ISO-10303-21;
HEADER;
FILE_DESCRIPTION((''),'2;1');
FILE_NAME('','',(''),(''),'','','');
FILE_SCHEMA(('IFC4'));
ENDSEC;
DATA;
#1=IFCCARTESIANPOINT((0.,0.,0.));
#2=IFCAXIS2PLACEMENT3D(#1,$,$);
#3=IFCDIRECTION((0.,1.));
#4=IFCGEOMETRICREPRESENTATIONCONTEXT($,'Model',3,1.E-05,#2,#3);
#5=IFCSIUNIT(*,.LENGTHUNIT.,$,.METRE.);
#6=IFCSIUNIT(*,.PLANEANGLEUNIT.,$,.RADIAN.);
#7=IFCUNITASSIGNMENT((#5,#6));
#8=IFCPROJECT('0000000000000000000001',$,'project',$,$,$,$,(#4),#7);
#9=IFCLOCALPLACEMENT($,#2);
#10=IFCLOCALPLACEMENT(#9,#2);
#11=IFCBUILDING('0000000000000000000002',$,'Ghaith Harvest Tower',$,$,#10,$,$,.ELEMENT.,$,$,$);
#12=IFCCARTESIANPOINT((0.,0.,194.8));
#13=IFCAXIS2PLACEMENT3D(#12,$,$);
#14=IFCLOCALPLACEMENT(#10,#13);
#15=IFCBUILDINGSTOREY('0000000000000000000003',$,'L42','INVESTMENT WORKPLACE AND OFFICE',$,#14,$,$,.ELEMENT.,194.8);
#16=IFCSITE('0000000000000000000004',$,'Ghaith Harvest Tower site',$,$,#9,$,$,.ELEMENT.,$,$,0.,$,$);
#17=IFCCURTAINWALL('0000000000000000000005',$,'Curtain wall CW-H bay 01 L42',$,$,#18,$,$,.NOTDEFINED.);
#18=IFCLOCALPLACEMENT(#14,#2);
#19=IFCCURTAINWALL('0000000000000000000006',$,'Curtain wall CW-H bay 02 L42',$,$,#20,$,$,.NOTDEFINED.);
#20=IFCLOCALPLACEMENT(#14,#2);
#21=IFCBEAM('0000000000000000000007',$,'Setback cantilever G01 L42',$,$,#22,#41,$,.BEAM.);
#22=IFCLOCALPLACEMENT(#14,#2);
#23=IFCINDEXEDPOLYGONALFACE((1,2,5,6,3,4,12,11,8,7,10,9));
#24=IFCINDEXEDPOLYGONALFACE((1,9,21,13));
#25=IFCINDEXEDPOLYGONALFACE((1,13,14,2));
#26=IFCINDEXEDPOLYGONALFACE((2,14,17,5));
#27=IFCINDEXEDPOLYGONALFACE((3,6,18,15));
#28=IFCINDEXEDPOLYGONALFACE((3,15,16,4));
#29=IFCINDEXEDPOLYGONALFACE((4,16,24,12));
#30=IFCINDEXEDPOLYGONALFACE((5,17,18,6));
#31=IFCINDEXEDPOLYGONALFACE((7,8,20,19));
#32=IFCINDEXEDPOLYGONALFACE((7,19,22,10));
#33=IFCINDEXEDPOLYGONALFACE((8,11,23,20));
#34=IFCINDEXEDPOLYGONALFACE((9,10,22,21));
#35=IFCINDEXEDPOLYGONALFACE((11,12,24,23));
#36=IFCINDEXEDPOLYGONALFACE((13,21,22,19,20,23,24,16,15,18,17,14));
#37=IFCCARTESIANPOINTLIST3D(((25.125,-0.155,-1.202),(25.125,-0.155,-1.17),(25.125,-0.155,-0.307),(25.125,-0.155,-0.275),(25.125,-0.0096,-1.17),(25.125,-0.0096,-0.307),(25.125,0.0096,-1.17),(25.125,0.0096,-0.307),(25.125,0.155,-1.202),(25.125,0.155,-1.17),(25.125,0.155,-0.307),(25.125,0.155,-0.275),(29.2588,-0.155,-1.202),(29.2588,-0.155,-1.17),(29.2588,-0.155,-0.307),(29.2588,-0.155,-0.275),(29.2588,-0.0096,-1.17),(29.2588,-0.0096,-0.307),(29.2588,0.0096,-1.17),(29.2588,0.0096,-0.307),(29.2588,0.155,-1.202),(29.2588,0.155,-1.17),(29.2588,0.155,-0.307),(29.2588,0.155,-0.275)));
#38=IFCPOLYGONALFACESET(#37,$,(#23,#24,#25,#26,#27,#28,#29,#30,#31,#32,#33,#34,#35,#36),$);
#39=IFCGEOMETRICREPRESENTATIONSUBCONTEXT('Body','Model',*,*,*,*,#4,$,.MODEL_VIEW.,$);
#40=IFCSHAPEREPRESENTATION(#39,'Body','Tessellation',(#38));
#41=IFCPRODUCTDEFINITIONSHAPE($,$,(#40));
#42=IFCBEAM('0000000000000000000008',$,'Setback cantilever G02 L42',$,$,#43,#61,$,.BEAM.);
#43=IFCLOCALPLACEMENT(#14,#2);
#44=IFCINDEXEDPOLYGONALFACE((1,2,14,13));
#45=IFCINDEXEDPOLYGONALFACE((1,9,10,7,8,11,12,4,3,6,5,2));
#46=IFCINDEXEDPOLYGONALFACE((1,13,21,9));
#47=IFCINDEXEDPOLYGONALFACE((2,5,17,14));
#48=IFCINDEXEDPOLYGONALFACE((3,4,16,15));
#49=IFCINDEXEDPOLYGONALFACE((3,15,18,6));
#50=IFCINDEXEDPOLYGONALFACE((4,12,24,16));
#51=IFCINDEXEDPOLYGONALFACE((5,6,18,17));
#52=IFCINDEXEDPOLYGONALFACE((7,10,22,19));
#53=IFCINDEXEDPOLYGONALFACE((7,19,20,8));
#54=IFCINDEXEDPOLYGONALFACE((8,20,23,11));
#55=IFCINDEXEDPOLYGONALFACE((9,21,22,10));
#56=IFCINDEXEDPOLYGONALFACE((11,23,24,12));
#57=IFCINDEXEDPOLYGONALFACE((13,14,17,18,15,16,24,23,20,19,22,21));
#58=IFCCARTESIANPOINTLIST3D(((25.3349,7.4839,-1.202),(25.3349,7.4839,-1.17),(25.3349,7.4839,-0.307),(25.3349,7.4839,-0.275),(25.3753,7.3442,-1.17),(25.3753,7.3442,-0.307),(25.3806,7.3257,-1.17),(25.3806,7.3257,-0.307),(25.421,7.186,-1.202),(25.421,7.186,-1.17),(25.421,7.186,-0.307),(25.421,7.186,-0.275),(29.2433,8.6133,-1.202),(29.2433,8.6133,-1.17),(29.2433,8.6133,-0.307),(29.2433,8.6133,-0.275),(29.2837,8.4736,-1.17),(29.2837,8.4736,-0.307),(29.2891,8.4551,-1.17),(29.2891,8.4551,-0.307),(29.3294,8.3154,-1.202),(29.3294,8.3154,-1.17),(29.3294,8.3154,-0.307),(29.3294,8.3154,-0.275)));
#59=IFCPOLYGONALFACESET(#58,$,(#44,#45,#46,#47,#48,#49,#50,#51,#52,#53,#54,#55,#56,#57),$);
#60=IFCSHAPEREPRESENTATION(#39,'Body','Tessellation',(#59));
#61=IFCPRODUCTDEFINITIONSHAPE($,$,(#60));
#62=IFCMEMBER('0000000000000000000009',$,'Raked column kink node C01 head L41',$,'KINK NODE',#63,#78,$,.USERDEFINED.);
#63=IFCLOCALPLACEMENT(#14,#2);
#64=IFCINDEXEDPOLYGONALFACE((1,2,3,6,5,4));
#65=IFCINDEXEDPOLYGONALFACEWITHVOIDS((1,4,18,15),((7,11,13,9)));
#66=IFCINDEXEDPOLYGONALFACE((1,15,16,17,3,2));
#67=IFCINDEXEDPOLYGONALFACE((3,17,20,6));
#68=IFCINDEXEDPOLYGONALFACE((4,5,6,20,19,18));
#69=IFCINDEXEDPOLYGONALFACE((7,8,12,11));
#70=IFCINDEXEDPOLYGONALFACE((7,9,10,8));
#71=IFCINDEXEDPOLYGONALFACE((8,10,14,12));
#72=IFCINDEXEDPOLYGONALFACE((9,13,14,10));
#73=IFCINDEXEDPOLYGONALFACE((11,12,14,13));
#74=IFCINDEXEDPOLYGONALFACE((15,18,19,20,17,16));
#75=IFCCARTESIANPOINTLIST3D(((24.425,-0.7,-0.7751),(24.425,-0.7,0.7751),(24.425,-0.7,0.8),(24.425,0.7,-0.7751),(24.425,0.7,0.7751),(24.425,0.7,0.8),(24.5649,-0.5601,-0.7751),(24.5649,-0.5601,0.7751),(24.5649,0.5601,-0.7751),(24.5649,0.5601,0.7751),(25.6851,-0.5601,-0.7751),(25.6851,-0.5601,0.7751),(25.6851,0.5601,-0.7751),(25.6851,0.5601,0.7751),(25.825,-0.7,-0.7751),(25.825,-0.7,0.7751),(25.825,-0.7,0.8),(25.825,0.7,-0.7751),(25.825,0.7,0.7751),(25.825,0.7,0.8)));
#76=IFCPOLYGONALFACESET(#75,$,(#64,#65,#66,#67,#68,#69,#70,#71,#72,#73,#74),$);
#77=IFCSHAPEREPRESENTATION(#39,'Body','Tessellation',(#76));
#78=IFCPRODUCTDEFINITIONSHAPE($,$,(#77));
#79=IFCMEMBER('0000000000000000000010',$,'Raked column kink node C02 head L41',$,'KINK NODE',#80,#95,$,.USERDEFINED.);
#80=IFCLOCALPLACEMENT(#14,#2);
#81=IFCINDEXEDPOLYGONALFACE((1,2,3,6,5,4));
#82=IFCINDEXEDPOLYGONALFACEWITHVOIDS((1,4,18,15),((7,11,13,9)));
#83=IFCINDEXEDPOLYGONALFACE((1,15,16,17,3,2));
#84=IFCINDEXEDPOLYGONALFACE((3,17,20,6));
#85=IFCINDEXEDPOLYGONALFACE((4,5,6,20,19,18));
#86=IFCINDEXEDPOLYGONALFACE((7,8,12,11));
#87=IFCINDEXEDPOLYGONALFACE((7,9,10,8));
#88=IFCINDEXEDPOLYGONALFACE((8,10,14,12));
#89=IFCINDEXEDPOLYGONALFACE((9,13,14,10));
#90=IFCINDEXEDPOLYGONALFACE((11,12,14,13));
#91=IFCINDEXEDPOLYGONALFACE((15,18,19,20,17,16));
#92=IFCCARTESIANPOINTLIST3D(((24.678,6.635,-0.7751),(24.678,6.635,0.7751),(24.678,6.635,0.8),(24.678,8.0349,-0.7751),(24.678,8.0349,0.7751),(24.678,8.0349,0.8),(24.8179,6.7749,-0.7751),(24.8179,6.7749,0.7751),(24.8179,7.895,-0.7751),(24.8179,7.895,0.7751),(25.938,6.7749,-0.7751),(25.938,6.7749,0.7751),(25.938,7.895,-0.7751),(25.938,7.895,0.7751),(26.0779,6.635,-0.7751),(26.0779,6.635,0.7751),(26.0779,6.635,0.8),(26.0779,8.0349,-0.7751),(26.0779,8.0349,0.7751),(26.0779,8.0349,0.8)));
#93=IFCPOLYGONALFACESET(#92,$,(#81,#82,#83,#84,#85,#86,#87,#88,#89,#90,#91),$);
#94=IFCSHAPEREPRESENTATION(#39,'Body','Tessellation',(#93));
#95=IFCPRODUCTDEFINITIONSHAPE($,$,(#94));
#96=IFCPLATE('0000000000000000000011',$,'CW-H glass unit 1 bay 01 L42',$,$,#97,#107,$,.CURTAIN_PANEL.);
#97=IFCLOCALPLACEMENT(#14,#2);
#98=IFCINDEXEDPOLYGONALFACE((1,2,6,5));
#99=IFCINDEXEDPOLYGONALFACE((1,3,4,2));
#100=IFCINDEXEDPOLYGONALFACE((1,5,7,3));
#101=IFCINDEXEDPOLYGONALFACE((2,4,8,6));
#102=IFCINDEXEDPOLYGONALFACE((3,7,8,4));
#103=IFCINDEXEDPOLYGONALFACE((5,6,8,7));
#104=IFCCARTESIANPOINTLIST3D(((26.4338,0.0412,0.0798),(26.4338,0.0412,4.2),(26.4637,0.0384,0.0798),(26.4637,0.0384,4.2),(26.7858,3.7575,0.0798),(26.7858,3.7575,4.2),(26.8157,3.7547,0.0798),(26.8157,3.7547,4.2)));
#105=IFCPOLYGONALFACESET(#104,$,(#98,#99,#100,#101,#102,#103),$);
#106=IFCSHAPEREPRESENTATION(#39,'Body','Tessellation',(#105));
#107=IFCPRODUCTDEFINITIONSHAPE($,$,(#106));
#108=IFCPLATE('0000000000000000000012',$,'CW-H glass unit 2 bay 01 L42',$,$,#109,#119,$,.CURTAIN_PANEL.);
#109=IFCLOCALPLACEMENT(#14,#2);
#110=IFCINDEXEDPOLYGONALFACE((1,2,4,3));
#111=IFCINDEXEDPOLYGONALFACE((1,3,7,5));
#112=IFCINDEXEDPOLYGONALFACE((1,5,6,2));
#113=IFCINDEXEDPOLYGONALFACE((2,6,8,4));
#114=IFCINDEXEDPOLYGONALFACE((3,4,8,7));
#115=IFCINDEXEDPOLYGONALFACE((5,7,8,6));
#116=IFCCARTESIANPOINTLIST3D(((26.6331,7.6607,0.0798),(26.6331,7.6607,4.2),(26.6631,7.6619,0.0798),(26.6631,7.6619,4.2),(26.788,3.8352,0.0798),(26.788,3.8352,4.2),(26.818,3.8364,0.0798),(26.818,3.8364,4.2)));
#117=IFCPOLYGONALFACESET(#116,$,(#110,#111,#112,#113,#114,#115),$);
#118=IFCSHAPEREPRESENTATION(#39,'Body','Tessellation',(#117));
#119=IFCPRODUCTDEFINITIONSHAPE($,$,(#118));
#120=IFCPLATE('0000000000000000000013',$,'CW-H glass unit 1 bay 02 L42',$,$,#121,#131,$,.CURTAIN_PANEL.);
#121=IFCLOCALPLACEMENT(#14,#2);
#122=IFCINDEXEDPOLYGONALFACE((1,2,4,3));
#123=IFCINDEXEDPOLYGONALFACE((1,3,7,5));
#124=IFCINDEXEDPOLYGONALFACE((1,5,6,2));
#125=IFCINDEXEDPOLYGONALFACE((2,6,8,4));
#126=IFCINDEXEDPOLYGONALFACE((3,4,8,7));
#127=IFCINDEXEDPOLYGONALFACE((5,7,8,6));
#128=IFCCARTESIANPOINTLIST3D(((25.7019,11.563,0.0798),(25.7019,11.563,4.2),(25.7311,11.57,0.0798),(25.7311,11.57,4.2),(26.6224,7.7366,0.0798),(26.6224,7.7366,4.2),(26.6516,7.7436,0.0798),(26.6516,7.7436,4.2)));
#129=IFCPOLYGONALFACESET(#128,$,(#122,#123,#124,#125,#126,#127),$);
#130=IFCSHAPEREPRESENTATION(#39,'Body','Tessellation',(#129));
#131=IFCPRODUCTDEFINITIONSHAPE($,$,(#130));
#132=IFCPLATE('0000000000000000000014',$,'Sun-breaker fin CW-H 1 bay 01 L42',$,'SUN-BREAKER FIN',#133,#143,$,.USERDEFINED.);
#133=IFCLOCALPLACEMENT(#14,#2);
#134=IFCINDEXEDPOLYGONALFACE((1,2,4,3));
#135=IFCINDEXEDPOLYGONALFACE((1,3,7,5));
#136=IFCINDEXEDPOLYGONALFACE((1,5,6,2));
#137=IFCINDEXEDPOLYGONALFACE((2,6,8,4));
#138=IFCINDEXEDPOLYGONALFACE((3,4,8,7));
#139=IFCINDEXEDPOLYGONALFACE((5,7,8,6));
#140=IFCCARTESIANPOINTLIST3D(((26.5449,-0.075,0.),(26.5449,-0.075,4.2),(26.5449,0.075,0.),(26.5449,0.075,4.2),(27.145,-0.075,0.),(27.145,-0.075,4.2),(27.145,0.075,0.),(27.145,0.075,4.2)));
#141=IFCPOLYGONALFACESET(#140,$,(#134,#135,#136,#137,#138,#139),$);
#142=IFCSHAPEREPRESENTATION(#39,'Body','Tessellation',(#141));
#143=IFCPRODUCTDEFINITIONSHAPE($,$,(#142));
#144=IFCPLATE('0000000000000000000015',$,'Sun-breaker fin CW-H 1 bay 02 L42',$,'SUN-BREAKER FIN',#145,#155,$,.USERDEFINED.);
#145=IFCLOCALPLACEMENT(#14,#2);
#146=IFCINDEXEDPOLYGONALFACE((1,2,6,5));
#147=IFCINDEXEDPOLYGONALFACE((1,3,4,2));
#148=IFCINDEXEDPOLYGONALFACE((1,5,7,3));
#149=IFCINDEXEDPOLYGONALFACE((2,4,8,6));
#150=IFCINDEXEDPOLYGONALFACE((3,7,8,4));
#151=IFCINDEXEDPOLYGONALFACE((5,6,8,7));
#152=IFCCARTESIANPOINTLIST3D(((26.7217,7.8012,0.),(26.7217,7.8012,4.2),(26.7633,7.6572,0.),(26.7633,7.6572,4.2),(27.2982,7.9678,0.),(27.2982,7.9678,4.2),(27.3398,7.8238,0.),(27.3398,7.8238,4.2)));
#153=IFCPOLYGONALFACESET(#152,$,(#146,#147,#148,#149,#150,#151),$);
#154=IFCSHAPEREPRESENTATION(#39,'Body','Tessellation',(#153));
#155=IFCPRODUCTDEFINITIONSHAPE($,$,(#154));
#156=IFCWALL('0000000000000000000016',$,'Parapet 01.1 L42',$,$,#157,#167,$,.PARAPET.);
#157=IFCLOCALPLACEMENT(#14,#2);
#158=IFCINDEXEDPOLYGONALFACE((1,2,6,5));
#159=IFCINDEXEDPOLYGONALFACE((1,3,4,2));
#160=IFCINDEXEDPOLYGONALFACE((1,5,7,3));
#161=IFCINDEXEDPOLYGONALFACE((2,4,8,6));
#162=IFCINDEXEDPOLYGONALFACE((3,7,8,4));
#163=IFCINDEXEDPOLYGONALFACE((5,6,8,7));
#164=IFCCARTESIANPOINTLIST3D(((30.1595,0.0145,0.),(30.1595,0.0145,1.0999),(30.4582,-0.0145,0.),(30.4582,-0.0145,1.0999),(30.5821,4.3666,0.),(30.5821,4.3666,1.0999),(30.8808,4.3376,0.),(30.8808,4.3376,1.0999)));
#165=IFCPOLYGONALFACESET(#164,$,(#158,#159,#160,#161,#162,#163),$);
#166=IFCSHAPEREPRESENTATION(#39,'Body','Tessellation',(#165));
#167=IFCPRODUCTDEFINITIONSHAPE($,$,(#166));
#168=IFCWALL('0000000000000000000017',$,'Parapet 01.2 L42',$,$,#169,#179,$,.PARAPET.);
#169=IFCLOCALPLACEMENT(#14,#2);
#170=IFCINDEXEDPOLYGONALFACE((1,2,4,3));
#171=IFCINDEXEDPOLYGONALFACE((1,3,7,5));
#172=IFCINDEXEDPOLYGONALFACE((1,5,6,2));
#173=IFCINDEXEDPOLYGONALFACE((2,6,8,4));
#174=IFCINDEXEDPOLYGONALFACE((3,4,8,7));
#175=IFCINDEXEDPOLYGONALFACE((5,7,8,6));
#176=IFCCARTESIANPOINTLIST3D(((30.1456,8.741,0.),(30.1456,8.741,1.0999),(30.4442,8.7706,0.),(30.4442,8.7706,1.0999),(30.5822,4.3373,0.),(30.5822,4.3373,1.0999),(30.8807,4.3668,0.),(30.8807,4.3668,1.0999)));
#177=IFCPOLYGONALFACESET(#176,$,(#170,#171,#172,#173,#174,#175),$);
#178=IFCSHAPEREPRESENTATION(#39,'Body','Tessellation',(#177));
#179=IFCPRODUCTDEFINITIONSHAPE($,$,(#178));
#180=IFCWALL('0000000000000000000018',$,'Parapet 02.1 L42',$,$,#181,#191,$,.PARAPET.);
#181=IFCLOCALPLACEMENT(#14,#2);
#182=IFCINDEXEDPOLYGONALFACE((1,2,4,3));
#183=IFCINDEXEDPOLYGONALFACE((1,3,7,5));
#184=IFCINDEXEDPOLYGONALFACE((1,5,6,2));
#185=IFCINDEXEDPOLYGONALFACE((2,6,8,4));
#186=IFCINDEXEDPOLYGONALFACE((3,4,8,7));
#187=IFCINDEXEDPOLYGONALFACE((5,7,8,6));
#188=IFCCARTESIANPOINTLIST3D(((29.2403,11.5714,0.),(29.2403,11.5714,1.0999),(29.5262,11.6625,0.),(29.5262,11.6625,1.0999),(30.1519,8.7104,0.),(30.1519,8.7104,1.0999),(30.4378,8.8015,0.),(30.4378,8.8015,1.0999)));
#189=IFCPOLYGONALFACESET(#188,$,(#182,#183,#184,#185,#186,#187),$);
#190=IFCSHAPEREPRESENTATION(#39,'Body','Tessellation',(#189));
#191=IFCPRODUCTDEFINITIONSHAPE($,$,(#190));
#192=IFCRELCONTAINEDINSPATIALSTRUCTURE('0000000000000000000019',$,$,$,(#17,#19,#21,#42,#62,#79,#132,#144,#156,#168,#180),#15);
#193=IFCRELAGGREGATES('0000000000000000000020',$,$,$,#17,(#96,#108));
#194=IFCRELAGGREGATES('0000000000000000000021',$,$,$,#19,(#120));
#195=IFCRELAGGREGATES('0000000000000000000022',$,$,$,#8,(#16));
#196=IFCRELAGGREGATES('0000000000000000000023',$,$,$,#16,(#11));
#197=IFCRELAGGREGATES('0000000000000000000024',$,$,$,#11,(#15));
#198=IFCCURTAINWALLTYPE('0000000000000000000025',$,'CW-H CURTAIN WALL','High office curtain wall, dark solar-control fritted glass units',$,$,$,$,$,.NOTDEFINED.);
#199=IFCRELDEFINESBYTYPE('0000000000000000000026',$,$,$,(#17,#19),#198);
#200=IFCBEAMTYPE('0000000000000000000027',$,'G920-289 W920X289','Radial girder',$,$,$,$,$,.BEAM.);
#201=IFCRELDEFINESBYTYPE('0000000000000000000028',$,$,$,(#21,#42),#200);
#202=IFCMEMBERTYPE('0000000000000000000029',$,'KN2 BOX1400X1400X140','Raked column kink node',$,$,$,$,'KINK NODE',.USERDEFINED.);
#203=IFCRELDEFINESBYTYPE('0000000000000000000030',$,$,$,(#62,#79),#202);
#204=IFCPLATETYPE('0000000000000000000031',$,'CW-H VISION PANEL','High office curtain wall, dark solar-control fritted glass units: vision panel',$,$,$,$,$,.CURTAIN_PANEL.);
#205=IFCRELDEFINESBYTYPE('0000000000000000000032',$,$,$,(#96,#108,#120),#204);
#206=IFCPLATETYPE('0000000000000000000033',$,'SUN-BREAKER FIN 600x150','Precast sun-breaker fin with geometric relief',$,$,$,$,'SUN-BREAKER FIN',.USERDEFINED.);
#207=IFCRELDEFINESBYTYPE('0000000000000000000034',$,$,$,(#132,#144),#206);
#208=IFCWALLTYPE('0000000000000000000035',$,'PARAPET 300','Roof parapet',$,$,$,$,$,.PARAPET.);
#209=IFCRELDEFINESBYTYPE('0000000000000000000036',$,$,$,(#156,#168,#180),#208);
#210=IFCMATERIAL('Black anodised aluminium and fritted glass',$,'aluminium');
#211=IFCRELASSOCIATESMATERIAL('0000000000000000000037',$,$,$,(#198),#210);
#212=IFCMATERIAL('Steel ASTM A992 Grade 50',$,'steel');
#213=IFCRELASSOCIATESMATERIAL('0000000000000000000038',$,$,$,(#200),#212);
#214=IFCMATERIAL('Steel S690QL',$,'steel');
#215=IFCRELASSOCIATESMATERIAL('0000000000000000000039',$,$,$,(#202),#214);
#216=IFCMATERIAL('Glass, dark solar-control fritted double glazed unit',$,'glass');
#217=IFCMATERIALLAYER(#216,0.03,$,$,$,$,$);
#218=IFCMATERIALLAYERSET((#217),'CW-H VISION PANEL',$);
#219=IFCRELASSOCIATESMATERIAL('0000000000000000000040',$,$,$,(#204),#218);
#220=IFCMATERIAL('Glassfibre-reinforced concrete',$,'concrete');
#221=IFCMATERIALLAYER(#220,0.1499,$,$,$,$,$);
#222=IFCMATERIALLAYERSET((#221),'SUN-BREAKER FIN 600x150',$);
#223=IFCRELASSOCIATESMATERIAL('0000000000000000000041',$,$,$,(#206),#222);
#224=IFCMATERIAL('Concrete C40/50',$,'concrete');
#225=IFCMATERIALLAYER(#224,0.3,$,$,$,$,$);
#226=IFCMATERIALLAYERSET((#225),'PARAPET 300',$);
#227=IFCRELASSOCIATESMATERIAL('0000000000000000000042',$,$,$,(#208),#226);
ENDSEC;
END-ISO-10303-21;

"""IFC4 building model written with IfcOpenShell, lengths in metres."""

from ifc_helpers import new_model, si_unit, direction, frame, frame_2d, origin, origin_2d, place, context, subcontext, project, spatial, rectangle, hollow_rectangle, i_section, extrude, boolean, material, layer, layer_set, material_profile, profile_set, type_object, element, aggregate, save


model = new_model("IFC4")

# Units and contexts
model_context = context("Model", 3, precision=1e-05, world=origin(), true_north=direction((0.0, 1.0)))
body_context = subcontext(model_context, "Body", "Model", "MODEL_VIEW")
ifc_project = project(units=[si_unit("LENGTHUNIT", "METRE"), si_unit("PLANEANGLEUNIT", "RADIAN")], contexts=[model_context])

# Site, building, storey
site_placement = place(None, origin())
site = spatial("IfcSite", under=ifc_project, at=site_placement, Name="Ghaith Harvest Tower site", CompositionType="ELEMENT", RefElevation=0.0)
building_placement = place(site_placement, origin())
building = spatial("IfcBuilding", under=site, at=building_placement, Name="Ghaith Harvest Tower", CompositionType="ELEMENT")
storey_placement = place(building_placement, frame((0.0, 0.0, 194.8)))
storey = spatial("IfcBuildingStorey", under=building, at=storey_placement, Name="L42", Description="INVESTMENT WORKPLACE AND OFFICE", CompositionType="ELEMENT", Elevation=194.8)

# Curtain walls
ifc_material_1 = material(Name="Black anodised aluminium and fritted glass", Category="aluminium")
curtain_wall_type = type_object("IfcCurtainWallType", Name="CW-H CURTAIN WALL", Description="High office curtain wall, dark solar-control fritted glass units", PredefinedType="NOTDEFINED", material=ifc_material_1)
curtain_wall_1_placement = place(storey_placement, origin())
curtain_wall_1 = element("IfcCurtainWall", 1, at=curtain_wall_1_placement, inside=storey, type_object=curtain_wall_type, Name="Curtain wall CW-H bay 01 L42", PredefinedType="NOTDEFINED")
curtain_wall_2_placement = place(storey_placement, origin())
curtain_wall_2 = element("IfcCurtainWall", 2, at=curtain_wall_2_placement, inside=storey, type_object=curtain_wall_type, Name="Curtain wall CW-H bay 02 L42", PredefinedType="NOTDEFINED")

# Beams
ifc_material_2 = material(Name="Steel ASTM A992 Grade 50", Category="steel")
ifc_material_profile_1 = material_profile(ifc_material_2, i_section(OverallWidth=0.3101, OverallDepth=0.927, WebThickness=0.0193, FlangeThickness=0.032, at=origin_2d()), Name="W920X289")
ifc_profile_set_1 = profile_set([ifc_material_profile_1], Name="Steel ASTM A992 Grade 50")
beam_type_1 = type_object("IfcBeamType", Name="G920-289 W920X289", Description="Radial girder", PredefinedType="BEAM", material=ifc_profile_set_1)
beam_1_placement = place(storey_placement, frame((25.125, 0.0, -0.7385), z_axis=(1.0, 0.0, 0.0), x_axis=(0.0, 1.0, 0.0)))
element("IfcBeam", 3, at=beam_1_placement, inside=storey, type_object=beam_type_1, Name="Setback cantilever G01 L42", PredefinedType="BEAM", context=body_context, shape_type="SweptSolid", body=[
    extrude(i_section(OverallWidth=0.3101, OverallDepth=0.927, WebThickness=0.0193, FlangeThickness=0.032, at=origin_2d()), origin(), (0.0, 0.0, 1.0), 4.1338),
])
beam_2_placement = place(storey_placement, frame((25.3779, 7.335, -0.7385), z_axis=(0.960695, 0.277605, 0.0), x_axis=(-0.277605, 0.960695, 0.0)))
element("IfcBeam", 4, at=beam_2_placement, inside=storey, type_object=beam_type_1, Name="Setback cantilever G02 L42", PredefinedType="BEAM", context=body_context, shape_type="SweptSolid", body=[
    extrude(i_section(OverallWidth=0.3101, OverallDepth=0.927, WebThickness=0.0193, FlangeThickness=0.032, at=origin_2d()), origin(), (0.0, 0.0, 1.0), 4.0684),
])

# Members
ifc_material_3 = material(Name="Steel S690QL", Category="steel")
ifc_material_profile_2 = material_profile(ifc_material_3, hollow_rectangle(XDim=1.3999, YDim=1.3999, WallThickness=0.1399, at=origin_2d()), Name="BOX1400X1400X140")
ifc_profile_set_2 = profile_set([ifc_material_profile_2], Name="Steel S690QL")
member_type_1 = type_object("IfcMemberType", Name="KN2 BOX1400X1400X140", Description="Raked column kink node", ElementType="KINK NODE", PredefinedType="USERDEFINED", material=ifc_profile_set_2)
for number, where, z_axis, x_axis, name in (
    (5, (25.125, 0.0, -0.7751), (0.0, 0.0, 1.0), (1.0, 0.0, 0.0), "Raked column kink node C01 head L41"),
    (6, (25.3779, 7.335, -0.7751), (0.0, 0.0, 1.0), (1.0, 0.0, 0.0), "Raked column kink node C02 head L41"),
):
    element("IfcMember", number, at=place(storey_placement, frame(where, z_axis=z_axis, x_axis=x_axis)), inside=storey, type_object=member_type_1, Name=name, ObjectType="KINK NODE", PredefinedType="USERDEFINED", context=body_context, shape_type="CSG", body=[
        boolean("UNION", extrude(hollow_rectangle(XDim=1.3999, YDim=1.3999, WallThickness=0.1399, at=origin_2d()), origin(), (0.0, 0.0, 1.0), 1.5503), extrude(rectangle(XDim=1.3999, YDim=1.3999, at=origin_2d()), frame((0.0, 0.0, 1.5503)), (0.0, 0.0, 1.0), 0.0249)),
    ])

# Plates
ifc_material_4 = material(Name="Glass, dark solar-control fritted double glazed unit", Category="glass")
ifc_layer_1 = layer(ifc_material_4, 0.03)
ifc_layer_set_1 = layer_set([ifc_layer_1], Name="CW-H VISION PANEL")
plate_type_1 = type_object("IfcPlateType", Name="CW-H VISION PANEL", Description="High office curtain wall, dark solar-control fritted glass units: vision panel", PredefinedType="CURTAIN_PANEL", material=ifc_layer_set_1)
plate_1_placement = place(storey_placement, frame((26.6248, 1.8979, 0.0798), z_axis=(0.0, 0.0, 1.0), x_axis=(0.094302, 0.995544, 0.0)))
plate_1 = element("IfcPlate", 7, at=plate_1_placement, type_object=plate_type_1, Name="CW-H glass unit 1 bay 01 L42", PredefinedType="CURTAIN_PANEL", context=body_context, shape_type="SweptSolid", body=[
    extrude(rectangle(XDim=3.7329, YDim=0.03, at=origin_2d()), origin(), (0.0, 0.0, 1.0), 4.1201),
])
plate_2_placement = place(storey_placement, frame((26.7256, 5.7485, 0.0798), z_axis=(0.0, 0.0, 1.0), x_axis=(-0.040462, 0.999181, 0.0)))
plate_2 = element("IfcPlate", 8, at=plate_2_placement, type_object=plate_type_1, Name="CW-H glass unit 2 bay 01 L42", PredefinedType="CURTAIN_PANEL", context=body_context, shape_type="SweptSolid", body=[
    extrude(rectangle(XDim=3.8286, YDim=0.03, at=origin_2d()), origin(), (0.0, 0.0, 1.0), 4.1201),
])
aggregate(curtain_wall_1, [plate_1, plate_2])
plate_3_placement = place(storey_placement, frame((26.1768, 9.6533, 0.0798), z_axis=(0.0, 0.0, 1.0), x_axis=(-0.233894, 0.972262, 0.0)))
plate_3 = element("IfcPlate", 9, at=plate_3_placement, type_object=plate_type_1, Name="CW-H glass unit 1 bay 02 L42", PredefinedType="CURTAIN_PANEL", context=body_context, shape_type="SweptSolid", body=[
    extrude(rectangle(XDim=3.9355, YDim=0.03, at=origin_2d()), origin(), (0.0, 0.0, 1.0), 4.1201),
])
aggregate(curtain_wall_2, [plate_3])

# Plates
ifc_material_5 = material(Name="Glassfibre-reinforced concrete", Category="concrete")
ifc_layer_2 = layer(ifc_material_5, 0.1499)
ifc_layer_set_2 = layer_set([ifc_layer_2], Name="SUN-BREAKER FIN 600x150")
plate_type_2 = type_object("IfcPlateType", Name="SUN-BREAKER FIN 600x150", Description="Precast sun-breaker fin with geometric relief", ElementType="SUN-BREAKER FIN", PredefinedType="USERDEFINED", material=ifc_layer_set_2)
for number, where, z_axis, x_axis, name in (
    (10, (26.845, 0.0, 0.0), (0.0, 0.0, 1.0), (1.0, 0.0, 0.0), "Sun-breaker fin CW-H 1 bay 01 L42"),
    (11, (27.0308, 7.8125, 0.0), (0.0, 0.0, 1.0), (0.96068, 0.277657, 0.0), "Sun-breaker fin CW-H 1 bay 02 L42"),
):
    element("IfcPlate", number, at=place(storey_placement, frame(where, z_axis=z_axis, x_axis=x_axis)), inside=storey, type_object=plate_type_2, Name=name, ObjectType="SUN-BREAKER FIN", PredefinedType="USERDEFINED", context=body_context, shape_type="SweptSolid", body=[
        extrude(rectangle(XDim=0.6001, YDim=0.1499, at=origin_2d()), origin(), (0.0, 0.0, 1.0), 4.2),
    ])

# Walls
ifc_material_6 = material(Name="Concrete C40/50", Category="concrete")
ifc_layer_3 = layer(ifc_material_6, 0.3)
ifc_layer_set_3 = layer_set([ifc_layer_3], Name="PARAPET 300")
wall_type_1 = type_object("IfcWallType", Name="PARAPET 300", Description="Roof parapet", PredefinedType="PARAPET", material=ifc_layer_set_3)
wall_1_placement = place(storey_placement, frame((30.3088, 0.0, 0.0), z_axis=(0.0, 0.0, 1.0), x_axis=(0.096651, 0.995318, 0.0)))
element("IfcWall", 12, at=wall_1_placement, inside=storey, type_object=wall_type_1, Name="Parapet 01.1 L42", PredefinedType="PARAPET", context=body_context, shape_type="SweptSolid", body=[
    extrude(rectangle(XDim=4.3726, YDim=0.3, at=frame_2d((2.1863, 0.0))), origin(), (0.0, 0.0, 1.0), 1.0999),
])
wall_2_placement = place(storey_placement, frame((30.7314, 4.3521, 0.0), z_axis=(0.0, 0.0, 1.0), x_axis=(-0.098641, 0.995123, 0.0)))
element("IfcWall", 13, at=wall_2_placement, inside=storey, type_object=wall_type_1, Name="Parapet 01.2 L42", PredefinedType="PARAPET", context=body_context, shape_type="SweptSolid", body=[
    extrude(rectangle(XDim=4.4253, YDim=0.3, at=frame_2d((2.2126, 0.0))), origin(), (0.0, 0.0, 1.0), 1.0999),
])
wall_3_placement = place(storey_placement, frame((30.2949, 8.7559, 0.0), z_axis=(0.0, 0.0, 1.0), x_axis=(-0.303613, 0.952795, 0.0)))
element("IfcWall", 14, at=wall_3_placement, inside=storey, type_object=wall_type_1, Name="Parapet 02.1 L42", PredefinedType="PARAPET", context=body_context, shape_type="SweptSolid", body=[
    extrude(rectangle(XDim=3.0027, YDim=0.3, at=frame_2d((1.5015, 0.0))), origin(), (0.0, 0.0, 1.0), 1.0999),
])

save(model, "model.ifc")
